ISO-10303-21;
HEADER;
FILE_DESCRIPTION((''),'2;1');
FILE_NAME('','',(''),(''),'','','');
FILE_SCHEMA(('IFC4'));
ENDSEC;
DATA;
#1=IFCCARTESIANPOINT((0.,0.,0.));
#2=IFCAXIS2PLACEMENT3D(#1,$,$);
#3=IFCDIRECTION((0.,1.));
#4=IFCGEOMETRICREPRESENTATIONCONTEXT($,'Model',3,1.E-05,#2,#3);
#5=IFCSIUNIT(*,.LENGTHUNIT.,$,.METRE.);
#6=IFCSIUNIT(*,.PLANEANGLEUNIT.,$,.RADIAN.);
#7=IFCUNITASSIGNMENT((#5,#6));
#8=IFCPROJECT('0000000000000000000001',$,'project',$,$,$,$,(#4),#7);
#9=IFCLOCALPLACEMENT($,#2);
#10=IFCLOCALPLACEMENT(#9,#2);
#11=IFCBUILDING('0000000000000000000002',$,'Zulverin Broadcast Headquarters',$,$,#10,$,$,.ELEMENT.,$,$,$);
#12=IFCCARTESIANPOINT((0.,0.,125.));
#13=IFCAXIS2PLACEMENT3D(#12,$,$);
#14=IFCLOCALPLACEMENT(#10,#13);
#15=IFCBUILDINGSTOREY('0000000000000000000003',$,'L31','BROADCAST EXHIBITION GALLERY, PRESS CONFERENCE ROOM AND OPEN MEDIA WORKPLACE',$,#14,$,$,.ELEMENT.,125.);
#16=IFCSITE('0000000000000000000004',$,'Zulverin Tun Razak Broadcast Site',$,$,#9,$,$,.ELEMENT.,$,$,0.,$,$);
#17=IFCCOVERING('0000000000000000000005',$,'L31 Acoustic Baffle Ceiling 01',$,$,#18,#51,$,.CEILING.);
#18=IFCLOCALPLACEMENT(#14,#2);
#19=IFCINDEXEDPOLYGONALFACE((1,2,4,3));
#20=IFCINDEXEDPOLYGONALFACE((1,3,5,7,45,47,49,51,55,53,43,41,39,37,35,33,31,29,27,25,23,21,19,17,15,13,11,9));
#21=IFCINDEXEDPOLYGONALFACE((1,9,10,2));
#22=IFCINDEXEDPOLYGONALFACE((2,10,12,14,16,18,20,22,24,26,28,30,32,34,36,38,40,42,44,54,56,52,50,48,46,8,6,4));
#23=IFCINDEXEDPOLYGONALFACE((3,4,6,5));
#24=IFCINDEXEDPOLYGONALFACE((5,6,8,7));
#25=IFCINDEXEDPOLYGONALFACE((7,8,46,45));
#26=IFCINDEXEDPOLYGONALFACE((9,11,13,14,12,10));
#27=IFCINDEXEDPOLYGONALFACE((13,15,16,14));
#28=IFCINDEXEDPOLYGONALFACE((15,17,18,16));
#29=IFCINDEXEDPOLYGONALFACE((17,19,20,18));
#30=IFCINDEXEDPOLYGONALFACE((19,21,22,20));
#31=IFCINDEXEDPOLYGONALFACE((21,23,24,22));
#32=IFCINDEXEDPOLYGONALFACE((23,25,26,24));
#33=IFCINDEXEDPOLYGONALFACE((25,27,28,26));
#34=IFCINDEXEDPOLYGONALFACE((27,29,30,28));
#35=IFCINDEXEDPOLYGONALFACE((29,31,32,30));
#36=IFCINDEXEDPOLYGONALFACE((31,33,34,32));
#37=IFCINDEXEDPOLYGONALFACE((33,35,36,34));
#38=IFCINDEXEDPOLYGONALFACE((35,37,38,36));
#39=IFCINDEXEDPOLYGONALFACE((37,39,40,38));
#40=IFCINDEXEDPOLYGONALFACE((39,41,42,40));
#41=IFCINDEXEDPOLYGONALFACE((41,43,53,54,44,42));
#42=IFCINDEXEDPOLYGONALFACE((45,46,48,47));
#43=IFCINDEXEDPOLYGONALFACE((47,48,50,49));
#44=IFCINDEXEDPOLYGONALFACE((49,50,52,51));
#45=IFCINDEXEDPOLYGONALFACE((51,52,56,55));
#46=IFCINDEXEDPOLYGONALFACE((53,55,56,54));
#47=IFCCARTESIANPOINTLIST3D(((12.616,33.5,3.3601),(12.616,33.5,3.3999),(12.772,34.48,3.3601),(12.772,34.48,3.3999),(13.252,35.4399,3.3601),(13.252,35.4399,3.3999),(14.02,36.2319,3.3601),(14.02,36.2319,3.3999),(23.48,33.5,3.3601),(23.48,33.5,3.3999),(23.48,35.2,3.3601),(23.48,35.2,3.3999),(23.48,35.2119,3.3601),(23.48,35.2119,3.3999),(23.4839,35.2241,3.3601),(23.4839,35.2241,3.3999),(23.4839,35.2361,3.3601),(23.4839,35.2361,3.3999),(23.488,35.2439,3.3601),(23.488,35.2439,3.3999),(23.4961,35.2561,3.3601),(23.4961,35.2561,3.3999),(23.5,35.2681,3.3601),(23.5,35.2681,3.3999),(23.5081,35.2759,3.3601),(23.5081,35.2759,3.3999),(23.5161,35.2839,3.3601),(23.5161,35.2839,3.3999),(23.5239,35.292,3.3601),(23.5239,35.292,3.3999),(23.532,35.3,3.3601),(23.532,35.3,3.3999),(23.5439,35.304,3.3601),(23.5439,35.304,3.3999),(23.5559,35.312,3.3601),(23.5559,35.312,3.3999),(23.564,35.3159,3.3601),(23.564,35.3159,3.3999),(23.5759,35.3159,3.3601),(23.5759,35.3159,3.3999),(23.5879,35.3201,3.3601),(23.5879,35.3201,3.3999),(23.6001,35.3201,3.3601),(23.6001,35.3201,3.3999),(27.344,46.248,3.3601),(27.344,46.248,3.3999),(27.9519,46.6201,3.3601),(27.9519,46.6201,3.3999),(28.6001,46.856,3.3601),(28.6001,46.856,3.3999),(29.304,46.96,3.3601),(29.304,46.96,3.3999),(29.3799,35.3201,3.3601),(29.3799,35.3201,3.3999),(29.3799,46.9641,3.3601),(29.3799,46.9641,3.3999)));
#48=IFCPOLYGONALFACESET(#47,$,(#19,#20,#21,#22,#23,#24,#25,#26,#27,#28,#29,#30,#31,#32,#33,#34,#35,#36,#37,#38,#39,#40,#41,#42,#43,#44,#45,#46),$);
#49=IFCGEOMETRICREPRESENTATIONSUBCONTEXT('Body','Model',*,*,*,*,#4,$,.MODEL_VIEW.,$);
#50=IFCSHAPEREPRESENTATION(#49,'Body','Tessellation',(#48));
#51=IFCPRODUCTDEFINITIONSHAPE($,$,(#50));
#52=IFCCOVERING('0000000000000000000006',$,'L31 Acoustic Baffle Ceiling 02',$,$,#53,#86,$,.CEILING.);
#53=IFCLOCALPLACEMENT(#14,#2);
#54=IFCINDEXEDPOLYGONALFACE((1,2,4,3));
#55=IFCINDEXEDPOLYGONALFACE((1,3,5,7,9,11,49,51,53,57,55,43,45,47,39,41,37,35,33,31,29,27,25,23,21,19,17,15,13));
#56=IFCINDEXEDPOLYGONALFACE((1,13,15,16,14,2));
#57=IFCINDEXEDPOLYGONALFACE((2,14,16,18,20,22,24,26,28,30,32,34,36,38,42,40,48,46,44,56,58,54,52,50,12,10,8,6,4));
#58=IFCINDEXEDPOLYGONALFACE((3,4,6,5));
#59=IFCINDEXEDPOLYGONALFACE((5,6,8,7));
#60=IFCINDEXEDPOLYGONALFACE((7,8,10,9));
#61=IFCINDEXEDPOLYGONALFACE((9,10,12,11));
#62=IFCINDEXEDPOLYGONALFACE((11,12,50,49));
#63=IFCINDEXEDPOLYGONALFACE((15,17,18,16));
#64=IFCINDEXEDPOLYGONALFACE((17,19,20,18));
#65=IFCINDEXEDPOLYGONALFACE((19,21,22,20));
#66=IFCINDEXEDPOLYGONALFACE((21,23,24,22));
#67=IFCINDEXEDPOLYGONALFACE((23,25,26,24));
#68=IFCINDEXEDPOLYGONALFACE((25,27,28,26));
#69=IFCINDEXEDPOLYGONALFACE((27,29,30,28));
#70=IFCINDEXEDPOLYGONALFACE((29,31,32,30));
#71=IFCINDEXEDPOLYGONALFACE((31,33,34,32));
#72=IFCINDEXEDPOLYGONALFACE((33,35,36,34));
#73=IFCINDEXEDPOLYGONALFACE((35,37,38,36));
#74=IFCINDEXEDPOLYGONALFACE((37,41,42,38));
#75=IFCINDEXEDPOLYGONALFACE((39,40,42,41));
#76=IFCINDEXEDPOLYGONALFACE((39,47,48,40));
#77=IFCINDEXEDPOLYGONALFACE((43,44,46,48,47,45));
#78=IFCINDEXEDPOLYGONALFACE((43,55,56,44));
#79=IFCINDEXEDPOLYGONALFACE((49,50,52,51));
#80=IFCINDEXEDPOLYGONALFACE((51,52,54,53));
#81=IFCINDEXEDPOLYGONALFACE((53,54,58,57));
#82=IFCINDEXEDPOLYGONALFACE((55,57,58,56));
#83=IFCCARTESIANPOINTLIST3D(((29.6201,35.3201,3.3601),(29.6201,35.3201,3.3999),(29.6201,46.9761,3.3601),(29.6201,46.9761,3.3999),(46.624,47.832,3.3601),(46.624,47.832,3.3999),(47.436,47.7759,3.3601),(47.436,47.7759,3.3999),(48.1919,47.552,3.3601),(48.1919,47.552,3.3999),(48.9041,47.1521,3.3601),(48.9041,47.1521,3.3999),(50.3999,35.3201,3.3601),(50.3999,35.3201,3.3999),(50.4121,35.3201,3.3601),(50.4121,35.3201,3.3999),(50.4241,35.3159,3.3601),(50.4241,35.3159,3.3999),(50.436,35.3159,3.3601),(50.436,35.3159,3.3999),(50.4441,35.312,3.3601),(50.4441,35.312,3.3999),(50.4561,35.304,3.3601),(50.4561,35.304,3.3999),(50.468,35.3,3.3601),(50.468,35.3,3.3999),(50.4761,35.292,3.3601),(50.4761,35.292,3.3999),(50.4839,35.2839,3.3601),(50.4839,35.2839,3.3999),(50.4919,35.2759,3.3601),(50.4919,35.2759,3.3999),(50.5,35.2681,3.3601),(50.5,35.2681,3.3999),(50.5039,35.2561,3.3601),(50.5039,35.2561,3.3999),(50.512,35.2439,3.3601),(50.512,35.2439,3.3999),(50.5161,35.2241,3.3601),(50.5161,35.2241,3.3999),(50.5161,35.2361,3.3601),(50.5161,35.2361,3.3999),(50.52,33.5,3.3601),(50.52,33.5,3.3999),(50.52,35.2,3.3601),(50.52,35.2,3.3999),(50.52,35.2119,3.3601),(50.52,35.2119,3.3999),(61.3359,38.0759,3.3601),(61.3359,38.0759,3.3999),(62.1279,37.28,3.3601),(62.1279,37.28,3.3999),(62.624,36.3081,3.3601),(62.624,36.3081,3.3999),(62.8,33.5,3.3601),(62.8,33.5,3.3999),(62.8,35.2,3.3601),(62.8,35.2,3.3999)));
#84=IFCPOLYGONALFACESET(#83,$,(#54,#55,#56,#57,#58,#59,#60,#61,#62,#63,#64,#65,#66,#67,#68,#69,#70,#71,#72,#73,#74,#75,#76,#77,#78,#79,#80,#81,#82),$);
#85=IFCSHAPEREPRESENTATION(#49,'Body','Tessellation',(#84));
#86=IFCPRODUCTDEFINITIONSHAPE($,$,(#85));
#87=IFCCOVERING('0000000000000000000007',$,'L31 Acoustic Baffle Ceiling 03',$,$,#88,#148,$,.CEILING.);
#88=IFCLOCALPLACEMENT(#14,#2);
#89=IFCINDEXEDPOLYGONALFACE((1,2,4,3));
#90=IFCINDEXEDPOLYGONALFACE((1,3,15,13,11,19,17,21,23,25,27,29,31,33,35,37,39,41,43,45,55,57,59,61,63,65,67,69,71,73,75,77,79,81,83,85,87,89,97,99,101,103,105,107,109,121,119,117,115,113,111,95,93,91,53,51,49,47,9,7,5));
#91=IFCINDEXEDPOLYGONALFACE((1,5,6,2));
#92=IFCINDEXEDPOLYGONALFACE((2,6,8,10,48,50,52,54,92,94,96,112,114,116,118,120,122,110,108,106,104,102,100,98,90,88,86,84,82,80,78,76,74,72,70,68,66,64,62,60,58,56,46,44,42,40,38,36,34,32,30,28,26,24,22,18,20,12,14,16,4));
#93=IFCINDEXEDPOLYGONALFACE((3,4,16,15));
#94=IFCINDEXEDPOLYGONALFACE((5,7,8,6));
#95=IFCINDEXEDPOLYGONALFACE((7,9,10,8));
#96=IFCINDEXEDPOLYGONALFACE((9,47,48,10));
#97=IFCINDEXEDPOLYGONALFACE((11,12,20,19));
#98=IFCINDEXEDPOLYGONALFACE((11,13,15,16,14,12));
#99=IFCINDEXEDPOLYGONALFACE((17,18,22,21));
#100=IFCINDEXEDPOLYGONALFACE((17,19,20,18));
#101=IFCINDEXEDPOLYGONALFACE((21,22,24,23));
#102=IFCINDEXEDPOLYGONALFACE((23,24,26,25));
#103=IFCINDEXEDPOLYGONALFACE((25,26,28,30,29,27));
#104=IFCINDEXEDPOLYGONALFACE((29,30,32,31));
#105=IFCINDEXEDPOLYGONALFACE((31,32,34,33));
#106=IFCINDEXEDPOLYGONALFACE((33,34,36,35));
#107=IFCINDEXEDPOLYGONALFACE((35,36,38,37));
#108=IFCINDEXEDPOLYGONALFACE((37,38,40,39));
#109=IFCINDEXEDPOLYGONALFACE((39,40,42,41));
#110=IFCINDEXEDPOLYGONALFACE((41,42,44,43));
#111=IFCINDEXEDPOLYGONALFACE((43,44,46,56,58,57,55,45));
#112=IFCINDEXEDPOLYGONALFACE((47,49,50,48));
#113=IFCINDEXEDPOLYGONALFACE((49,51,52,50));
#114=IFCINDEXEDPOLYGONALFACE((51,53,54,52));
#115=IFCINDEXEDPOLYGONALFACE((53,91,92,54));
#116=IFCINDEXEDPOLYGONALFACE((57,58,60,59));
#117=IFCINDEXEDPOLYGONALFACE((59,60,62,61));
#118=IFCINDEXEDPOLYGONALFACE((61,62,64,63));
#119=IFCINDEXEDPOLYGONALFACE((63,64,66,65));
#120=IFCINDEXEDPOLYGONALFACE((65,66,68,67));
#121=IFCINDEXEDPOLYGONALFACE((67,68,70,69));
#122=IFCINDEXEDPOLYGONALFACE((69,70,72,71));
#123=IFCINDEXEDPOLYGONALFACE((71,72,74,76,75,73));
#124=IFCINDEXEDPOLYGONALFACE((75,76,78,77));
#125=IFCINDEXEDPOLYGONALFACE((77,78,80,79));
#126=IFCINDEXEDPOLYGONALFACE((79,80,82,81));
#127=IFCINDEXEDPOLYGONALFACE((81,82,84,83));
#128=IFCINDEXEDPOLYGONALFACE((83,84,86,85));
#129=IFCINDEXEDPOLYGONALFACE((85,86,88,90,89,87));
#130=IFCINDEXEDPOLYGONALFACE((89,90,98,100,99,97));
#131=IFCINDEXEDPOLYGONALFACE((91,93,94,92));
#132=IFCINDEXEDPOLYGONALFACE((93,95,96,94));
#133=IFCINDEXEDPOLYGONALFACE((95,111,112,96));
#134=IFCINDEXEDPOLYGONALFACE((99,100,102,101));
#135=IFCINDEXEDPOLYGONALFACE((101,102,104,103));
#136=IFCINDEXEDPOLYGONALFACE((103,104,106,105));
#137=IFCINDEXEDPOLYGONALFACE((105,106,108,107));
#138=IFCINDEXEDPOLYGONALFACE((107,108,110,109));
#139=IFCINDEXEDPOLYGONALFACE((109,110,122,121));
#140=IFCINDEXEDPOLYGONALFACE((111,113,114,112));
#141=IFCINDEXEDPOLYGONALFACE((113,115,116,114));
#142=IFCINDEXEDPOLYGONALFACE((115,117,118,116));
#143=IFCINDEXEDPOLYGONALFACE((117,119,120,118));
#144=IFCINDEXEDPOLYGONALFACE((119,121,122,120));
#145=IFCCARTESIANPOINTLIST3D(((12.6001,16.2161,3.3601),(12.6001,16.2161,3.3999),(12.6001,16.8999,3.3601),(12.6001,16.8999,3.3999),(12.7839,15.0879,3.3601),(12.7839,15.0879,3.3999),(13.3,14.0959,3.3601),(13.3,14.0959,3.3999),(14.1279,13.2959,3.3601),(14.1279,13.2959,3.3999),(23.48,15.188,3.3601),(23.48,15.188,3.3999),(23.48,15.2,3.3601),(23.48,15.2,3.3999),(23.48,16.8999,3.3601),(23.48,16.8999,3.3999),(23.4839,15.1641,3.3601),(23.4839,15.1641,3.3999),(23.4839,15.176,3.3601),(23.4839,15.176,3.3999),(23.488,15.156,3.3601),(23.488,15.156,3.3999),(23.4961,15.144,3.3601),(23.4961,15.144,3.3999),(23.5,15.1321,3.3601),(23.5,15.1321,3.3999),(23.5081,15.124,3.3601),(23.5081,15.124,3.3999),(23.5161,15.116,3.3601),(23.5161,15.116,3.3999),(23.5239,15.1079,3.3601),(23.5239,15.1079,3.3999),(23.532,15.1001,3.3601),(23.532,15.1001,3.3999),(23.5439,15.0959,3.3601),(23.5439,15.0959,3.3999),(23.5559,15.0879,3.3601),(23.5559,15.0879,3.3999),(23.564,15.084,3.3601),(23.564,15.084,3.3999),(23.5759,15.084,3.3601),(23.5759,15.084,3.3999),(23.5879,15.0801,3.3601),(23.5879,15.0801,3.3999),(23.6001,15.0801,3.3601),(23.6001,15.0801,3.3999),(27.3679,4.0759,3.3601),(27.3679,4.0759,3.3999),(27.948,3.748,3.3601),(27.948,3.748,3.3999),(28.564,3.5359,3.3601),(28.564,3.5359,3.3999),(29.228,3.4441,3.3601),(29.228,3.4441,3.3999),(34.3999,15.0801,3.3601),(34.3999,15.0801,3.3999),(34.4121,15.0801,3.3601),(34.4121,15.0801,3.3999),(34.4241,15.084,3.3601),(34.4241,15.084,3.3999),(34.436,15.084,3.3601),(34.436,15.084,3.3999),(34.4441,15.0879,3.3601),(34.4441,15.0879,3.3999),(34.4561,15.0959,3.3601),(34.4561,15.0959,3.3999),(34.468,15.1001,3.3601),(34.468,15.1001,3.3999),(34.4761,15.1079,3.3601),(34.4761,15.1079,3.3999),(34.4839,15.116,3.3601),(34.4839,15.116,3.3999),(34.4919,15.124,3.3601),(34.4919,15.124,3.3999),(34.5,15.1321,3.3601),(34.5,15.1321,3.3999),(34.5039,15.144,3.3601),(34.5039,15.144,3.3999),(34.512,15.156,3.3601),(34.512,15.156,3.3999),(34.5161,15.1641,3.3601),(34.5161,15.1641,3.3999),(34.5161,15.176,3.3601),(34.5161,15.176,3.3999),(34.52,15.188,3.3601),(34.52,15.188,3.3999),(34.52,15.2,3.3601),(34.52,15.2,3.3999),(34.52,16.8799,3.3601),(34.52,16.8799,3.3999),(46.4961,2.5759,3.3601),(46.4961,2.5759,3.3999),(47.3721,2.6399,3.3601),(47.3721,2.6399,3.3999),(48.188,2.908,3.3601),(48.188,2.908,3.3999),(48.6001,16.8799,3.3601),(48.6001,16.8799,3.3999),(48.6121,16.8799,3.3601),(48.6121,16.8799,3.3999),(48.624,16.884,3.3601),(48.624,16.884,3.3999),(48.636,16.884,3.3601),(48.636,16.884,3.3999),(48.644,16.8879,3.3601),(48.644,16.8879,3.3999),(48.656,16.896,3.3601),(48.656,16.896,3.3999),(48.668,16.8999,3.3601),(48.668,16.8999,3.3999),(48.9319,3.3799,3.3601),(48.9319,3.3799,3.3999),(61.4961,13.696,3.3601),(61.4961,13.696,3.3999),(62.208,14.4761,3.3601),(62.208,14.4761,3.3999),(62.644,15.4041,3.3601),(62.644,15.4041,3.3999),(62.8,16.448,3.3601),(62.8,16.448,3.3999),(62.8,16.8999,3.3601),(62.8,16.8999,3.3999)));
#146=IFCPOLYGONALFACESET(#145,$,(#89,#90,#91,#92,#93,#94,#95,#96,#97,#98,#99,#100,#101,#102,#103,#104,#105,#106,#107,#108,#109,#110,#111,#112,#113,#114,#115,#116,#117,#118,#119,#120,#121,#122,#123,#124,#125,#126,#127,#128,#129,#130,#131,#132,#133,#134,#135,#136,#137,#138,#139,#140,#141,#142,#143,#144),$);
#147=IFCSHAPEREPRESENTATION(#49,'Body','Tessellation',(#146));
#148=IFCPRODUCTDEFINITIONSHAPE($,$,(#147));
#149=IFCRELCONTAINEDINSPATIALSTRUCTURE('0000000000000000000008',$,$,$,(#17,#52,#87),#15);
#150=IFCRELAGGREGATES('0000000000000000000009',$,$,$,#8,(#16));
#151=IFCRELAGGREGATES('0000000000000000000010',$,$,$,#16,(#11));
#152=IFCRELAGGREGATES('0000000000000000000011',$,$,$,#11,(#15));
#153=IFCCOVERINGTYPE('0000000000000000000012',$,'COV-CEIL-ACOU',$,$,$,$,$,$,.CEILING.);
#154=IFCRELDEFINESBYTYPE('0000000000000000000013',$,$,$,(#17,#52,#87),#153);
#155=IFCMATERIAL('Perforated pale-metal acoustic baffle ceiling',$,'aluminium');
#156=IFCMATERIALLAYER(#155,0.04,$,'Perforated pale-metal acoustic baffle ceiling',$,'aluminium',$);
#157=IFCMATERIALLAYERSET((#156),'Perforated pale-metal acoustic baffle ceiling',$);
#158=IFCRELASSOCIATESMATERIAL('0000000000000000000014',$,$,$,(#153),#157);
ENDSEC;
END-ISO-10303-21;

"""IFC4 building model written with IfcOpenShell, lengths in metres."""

from ifc_helpers import new_model, si_unit, direction, frame, origin, place, context, subcontext, project, spatial, polyline, outline, extrude, material, layer, layer_set, type_object, element, save


model = new_model("IFC4")

# Units and contexts
model_context = context("Model", 3, precision=1e-05, world=origin(), true_north=direction((0.0, 1.0)))
body_context = subcontext(model_context, "Body", "Model", "MODEL_VIEW")
ifc_project = project(units=[si_unit("LENGTHUNIT", "METRE"), si_unit("PLANEANGLEUNIT", "RADIAN")], contexts=[model_context])

# Site, building, storey
site_placement = place(None, origin())
site = spatial("IfcSite", under=ifc_project, at=site_placement, Name="Zulverin Tun Razak Broadcast Site", CompositionType="ELEMENT", RefElevation=0.0)
building_placement = place(site_placement, origin())
building = spatial("IfcBuilding", under=site, at=building_placement, Name="Zulverin Broadcast Headquarters", CompositionType="ELEMENT")
storey_placement = place(building_placement, frame((0.0, 0.0, 125.0)))
storey = spatial("IfcBuildingStorey", under=building, at=storey_placement, Name="L31", Description="BROADCAST EXHIBITION GALLERY, PRESS CONFERENCE ROOM AND OPEN MEDIA WORKPLACE", CompositionType="ELEMENT", Elevation=125.0)

# Coverings
ifc_material_1 = material(Name="Perforated pale-metal acoustic baffle ceiling", Category="aluminium")
ifc_layer_1 = layer(ifc_material_1, 0.04, Name="Perforated pale-metal acoustic baffle ceiling", Category="aluminium")
ifc_layer_set_1 = layer_set([ifc_layer_1], Name="Perforated pale-metal acoustic baffle ceiling")
covering_type_1 = type_object("IfcCoveringType", Name="COV-CEIL-ACOU", PredefinedType="CEILING", material=ifc_layer_set_1)
covering_1_placement = place(storey_placement, frame((0.0, 0.0, 3.3601)))
element("IfcCovering", 1, at=covering_1_placement, inside=storey, type_object=covering_type_1, Name="L31 Acoustic Baffle Ceiling 01", PredefinedType="CEILING", context=body_context, shape_type="SweptSolid", body=[
    extrude(outline(polyline([(14.02, 36.2319), (13.252, 35.4399), (12.772, 34.48), (12.616, 33.5), (23.48, 33.5), (23.48, 35.2), (23.48, 35.2119), (23.4839, 35.2241), (23.4839, 35.2361), (23.488, 35.2439), (23.4961, 35.2561), (23.5, 35.2681), (23.5081, 35.2759), (23.5161, 35.2839), (23.5239, 35.292), (23.532, 35.3), (23.5439, 35.304), (23.5559, 35.312), (23.564, 35.3159), (23.5759, 35.3159), (23.5879, 35.3201), (23.6001, 35.3201), (29.3799, 35.3201), (29.3799, 46.9641), (29.304, 46.96), (28.6001, 46.856), (27.9519, 46.6201), (27.344, 46.248), (14.02, 36.2319)])), origin(), (0.0, 0.0, 1.0), 0.0398),
])
covering_2_placement = place(storey_placement, frame((0.0, 0.0, 3.3601)))
element("IfcCovering", 2, at=covering_2_placement, inside=storey, type_object=covering_type_1, Name="L31 Acoustic Baffle Ceiling 02", PredefinedType="CEILING", context=body_context, shape_type="SweptSolid", body=[
    extrude(outline(polyline([(62.1279, 37.28), (61.3359, 38.0759), (48.9041, 47.1521), (48.1919, 47.552), (47.436, 47.7759), (46.624, 47.832), (29.6201, 46.9761), (29.6201, 35.3201), (50.3999, 35.3201), (50.4121, 35.3201), (50.4241, 35.3159), (50.436, 35.3159), (50.4441, 35.312), (50.4561, 35.304), (50.468, 35.3), (50.4761, 35.292), (50.4839, 35.2839), (50.4919, 35.2759), (50.5, 35.2681), (50.5039, 35.2561), (50.512, 35.2439), (50.5161, 35.2361), (50.5161, 35.2241), (50.52, 35.2119), (50.52, 35.2), (50.52, 33.5), (62.8, 33.5), (62.8, 35.2), (62.624, 36.3081), (62.1279, 37.28)])), origin(), (0.0, 0.0, 1.0), 0.0398),
])
covering_3_placement = place(storey_placement, frame((0.0, 0.0, 3.3601)))
element("IfcCovering", 3, at=covering_3_placement, inside=storey, type_object=covering_type_1, Name="L31 Acoustic Baffle Ceiling 03", PredefinedType="CEILING", context=body_context, shape_type="SweptSolid", body=[
    extrude(outline(polyline([(23.4839, 15.176), (23.48, 15.188), (23.48, 15.2), (23.48, 16.8999), (12.6001, 16.8999), (12.6001, 16.2161), (12.7839, 15.0879), (13.3, 14.0959), (14.1279, 13.2959), (27.3679, 4.0759), (27.948, 3.748), (28.564, 3.5359), (29.228, 3.4441), (46.4961, 2.5759), (47.3721, 2.6399), (48.188, 2.908), (48.9319, 3.3799), (61.4961, 13.696), (62.208, 14.4761), (62.644, 15.4041), (62.8, 16.448), (62.8, 16.8999), (48.668, 16.8999), (48.656, 16.896), (48.644, 16.8879), (48.636, 16.884), (48.624, 16.884), (48.6121, 16.8799), (48.6001, 16.8799), (34.52, 16.8799), (34.52, 15.2), (34.52, 15.188), (34.5161, 15.176), (34.5161, 15.1641), (34.512, 15.156), (34.5039, 15.144), (34.5, 15.1321), (34.4919, 15.124), (34.4839, 15.116), (34.4761, 15.1079), (34.468, 15.1001), (34.4561, 15.0959), (34.4441, 15.0879), (34.436, 15.084), (34.4241, 15.084), (34.4121, 15.0801), (34.3999, 15.0801), (23.6001, 15.0801), (23.5879, 15.0801), (23.5759, 15.084), (23.564, 15.084), (23.5559, 15.0879), (23.5439, 15.0959), (23.532, 15.1001), (23.5239, 15.1079), (23.5161, 15.116), (23.5081, 15.124), (23.5, 15.1321), (23.4961, 15.144), (23.488, 15.156), (23.4839, 15.1641), (23.4839, 15.176)])), origin(), (0.0, 0.0, 1.0), 0.0398),
])

save(model, "model.ifc")
